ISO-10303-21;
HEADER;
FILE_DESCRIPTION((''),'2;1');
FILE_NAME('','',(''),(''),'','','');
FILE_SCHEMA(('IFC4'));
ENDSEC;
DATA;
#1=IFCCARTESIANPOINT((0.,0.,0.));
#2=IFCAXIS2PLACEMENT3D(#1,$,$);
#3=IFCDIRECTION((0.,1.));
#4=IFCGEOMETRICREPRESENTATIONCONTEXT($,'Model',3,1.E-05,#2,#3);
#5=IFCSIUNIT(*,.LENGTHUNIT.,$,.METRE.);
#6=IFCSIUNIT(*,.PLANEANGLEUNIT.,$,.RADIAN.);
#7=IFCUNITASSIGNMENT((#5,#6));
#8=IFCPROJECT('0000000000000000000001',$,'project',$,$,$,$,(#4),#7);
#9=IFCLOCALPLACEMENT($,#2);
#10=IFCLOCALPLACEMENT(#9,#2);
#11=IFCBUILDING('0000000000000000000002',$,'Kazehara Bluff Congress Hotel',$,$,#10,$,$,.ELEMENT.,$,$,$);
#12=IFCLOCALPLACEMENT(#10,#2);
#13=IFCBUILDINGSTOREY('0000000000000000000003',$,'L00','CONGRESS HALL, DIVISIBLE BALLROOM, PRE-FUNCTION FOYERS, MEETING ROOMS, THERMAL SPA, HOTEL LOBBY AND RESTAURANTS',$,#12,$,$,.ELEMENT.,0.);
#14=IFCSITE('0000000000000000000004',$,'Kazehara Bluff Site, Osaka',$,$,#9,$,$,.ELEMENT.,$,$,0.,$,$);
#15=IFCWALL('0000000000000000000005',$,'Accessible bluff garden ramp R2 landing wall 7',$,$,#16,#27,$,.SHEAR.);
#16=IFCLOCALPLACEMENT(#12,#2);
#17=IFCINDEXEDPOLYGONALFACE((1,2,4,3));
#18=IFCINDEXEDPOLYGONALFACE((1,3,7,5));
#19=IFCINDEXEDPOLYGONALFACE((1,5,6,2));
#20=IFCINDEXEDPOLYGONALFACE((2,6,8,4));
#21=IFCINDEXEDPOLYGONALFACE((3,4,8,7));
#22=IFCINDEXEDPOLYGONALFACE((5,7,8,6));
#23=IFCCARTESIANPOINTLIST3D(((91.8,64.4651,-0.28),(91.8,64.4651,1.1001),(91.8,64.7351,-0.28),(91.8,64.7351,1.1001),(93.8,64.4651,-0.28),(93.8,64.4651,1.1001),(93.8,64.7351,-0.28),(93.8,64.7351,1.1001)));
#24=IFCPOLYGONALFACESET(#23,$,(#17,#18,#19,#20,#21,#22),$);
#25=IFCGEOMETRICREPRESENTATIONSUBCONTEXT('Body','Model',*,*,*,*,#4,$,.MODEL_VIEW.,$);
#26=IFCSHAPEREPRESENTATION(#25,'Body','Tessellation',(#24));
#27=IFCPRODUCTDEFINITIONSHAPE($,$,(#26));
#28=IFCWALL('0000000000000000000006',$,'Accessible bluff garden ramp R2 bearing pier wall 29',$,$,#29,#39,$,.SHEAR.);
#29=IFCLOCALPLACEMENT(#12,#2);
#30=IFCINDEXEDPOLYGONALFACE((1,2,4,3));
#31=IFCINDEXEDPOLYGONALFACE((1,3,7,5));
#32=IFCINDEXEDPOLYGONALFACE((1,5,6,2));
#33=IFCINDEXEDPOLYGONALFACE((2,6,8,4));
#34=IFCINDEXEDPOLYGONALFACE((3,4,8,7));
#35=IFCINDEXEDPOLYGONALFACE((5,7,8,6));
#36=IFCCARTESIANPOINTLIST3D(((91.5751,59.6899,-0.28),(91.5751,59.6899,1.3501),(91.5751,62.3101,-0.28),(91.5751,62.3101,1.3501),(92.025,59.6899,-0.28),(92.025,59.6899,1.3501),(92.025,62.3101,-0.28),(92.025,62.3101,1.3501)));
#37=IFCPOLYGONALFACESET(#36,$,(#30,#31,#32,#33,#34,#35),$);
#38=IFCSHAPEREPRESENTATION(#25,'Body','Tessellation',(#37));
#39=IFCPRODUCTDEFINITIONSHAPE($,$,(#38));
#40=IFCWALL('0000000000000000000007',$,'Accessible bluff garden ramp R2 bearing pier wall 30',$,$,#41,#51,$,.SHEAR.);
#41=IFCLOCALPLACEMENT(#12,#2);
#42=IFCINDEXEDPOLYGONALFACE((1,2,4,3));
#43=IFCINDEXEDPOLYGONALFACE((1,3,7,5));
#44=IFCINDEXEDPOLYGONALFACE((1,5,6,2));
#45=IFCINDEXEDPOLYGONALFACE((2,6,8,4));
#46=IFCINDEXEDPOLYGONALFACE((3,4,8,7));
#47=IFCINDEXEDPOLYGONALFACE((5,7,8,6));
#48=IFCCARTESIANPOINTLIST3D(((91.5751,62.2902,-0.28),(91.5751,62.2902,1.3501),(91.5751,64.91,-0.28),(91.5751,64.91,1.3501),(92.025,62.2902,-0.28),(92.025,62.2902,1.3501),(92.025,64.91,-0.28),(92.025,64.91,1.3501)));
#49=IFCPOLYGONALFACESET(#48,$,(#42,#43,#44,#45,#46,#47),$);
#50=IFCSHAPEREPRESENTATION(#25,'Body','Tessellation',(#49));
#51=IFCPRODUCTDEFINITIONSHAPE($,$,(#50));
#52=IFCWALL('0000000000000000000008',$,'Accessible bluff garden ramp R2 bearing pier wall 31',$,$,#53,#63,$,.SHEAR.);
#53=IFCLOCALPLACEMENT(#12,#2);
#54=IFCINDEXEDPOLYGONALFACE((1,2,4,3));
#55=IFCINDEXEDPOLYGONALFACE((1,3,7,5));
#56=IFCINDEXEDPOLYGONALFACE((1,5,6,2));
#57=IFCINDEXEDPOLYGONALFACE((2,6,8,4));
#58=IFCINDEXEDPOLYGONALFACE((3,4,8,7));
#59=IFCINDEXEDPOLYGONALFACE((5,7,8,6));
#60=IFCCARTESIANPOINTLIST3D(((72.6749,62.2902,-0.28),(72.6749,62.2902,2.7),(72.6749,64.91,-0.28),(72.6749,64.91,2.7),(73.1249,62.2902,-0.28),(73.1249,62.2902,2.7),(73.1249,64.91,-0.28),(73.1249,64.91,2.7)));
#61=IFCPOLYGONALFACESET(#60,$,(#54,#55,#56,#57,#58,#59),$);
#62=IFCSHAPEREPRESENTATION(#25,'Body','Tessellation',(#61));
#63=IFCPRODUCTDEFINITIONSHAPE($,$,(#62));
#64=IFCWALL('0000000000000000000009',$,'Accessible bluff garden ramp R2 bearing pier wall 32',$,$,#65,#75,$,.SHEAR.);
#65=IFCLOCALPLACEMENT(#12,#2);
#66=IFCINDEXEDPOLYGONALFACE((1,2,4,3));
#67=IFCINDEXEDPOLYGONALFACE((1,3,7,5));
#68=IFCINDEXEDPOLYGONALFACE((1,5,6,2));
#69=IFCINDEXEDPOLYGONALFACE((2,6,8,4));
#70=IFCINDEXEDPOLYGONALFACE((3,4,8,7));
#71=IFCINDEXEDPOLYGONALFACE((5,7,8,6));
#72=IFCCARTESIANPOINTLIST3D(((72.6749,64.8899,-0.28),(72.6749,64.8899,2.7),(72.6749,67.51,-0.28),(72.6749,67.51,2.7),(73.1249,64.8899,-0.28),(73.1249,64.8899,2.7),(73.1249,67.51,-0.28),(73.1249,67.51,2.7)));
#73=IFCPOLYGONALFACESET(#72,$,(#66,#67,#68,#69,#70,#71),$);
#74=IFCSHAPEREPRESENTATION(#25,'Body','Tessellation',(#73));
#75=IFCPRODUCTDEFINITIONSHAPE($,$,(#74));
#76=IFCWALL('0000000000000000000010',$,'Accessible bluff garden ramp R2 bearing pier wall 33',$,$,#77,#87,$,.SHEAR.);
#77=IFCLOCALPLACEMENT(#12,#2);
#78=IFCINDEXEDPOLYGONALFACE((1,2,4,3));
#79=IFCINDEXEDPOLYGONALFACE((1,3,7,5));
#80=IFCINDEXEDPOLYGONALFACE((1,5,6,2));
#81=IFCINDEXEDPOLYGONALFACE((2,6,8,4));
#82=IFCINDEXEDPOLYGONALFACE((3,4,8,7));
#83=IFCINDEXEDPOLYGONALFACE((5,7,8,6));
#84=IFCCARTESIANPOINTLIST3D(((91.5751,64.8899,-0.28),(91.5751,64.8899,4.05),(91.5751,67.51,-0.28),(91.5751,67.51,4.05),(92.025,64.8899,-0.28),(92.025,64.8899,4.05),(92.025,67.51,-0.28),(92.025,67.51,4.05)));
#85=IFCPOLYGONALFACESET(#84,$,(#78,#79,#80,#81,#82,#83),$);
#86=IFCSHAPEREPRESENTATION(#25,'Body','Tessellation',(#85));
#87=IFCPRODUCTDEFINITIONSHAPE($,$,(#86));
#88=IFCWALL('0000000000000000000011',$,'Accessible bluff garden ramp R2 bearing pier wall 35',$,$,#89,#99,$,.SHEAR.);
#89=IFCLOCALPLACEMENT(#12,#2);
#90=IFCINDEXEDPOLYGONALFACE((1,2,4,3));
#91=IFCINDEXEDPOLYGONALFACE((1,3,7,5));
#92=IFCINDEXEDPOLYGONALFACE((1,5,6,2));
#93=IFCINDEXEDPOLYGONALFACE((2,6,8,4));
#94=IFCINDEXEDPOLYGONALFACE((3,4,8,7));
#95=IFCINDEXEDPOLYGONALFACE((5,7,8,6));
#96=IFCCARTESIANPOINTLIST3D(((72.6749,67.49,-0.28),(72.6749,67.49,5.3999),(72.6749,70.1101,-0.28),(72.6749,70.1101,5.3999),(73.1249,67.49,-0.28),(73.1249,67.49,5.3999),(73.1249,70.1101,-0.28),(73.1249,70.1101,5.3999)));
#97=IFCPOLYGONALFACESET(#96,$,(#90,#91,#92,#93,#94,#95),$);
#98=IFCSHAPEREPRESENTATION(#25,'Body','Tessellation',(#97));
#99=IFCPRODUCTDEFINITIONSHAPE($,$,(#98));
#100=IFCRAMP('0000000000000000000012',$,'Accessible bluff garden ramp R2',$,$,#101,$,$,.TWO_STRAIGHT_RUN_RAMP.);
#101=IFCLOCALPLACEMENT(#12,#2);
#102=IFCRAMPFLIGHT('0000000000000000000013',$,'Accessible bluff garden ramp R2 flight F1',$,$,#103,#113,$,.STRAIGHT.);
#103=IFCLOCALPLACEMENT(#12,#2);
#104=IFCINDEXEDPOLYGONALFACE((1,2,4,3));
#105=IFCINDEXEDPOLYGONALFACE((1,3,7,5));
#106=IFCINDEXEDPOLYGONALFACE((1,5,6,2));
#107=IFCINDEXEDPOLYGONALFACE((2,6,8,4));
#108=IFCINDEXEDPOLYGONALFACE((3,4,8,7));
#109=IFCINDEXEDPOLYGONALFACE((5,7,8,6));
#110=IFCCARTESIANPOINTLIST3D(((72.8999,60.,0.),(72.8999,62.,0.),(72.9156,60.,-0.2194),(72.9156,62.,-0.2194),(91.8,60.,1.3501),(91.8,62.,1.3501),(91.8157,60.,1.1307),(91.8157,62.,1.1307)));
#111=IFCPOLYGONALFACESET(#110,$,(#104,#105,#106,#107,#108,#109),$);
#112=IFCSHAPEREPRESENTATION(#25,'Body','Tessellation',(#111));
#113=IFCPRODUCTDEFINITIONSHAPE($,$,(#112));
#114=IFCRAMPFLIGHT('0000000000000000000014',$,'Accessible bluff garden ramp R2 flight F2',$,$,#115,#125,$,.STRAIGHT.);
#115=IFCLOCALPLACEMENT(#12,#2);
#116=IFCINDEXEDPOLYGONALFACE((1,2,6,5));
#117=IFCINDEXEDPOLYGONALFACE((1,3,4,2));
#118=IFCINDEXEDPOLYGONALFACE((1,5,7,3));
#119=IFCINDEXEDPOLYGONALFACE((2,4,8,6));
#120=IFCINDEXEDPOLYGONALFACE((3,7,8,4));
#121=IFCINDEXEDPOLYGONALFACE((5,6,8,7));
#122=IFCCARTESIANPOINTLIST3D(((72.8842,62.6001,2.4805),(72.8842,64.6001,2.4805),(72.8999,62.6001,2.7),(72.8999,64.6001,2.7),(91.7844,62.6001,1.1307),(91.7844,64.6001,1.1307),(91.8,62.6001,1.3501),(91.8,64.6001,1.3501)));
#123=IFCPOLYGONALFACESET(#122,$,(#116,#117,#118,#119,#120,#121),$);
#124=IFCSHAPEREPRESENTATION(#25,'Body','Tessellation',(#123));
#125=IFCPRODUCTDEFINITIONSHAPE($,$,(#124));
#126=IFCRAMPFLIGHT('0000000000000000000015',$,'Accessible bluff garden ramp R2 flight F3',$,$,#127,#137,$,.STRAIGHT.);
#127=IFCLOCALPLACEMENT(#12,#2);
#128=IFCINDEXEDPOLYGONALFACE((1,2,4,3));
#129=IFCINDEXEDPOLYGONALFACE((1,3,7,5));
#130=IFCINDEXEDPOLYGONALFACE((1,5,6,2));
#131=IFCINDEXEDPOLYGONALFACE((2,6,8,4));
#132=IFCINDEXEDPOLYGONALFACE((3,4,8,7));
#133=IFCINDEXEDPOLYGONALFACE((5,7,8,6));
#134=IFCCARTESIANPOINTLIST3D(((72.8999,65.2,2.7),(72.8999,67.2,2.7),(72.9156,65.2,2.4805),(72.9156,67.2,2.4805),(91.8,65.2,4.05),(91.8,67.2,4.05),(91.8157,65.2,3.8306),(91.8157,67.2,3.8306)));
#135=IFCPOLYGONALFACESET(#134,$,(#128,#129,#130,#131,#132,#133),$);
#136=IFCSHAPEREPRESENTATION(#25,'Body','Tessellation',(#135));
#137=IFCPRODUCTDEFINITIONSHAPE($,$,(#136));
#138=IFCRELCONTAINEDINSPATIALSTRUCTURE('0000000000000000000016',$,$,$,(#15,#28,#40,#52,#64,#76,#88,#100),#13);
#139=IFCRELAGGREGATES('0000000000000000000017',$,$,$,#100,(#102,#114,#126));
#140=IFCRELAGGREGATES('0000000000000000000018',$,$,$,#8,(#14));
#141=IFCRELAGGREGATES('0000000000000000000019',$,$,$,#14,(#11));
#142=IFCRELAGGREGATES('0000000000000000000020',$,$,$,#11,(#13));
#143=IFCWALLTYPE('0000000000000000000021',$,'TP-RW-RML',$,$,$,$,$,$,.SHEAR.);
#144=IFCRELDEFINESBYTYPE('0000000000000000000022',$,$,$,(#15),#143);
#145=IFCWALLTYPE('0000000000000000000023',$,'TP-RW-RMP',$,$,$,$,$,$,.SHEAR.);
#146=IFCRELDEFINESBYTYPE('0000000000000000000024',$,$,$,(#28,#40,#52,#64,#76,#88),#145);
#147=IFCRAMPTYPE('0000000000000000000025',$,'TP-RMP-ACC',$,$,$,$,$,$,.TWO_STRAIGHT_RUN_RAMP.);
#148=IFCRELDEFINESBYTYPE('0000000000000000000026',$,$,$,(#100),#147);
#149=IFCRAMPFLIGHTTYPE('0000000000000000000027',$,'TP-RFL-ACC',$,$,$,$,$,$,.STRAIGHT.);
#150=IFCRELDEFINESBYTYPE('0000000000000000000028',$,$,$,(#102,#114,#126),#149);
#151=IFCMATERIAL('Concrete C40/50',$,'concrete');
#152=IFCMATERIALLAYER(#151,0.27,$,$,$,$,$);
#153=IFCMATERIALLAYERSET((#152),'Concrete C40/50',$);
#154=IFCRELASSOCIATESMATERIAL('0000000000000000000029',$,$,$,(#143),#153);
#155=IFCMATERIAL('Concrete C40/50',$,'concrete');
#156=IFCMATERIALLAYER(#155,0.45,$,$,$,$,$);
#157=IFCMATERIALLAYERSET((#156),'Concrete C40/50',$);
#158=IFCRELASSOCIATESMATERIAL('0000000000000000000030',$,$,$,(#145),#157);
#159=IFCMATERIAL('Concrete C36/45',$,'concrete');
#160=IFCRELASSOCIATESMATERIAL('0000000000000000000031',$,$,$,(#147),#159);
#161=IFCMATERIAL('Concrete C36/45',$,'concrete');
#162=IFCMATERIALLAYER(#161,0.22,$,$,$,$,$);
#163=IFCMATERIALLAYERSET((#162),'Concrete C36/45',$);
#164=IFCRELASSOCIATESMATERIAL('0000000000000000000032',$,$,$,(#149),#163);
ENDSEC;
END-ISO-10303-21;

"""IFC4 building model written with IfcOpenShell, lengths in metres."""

from ifc_helpers import new_model, si_unit, direction, frame, frame_2d, origin, place, context, subcontext, project, spatial, polyline, rectangle, outline, extrude, material, layer, layer_set, type_object, element, aggregate, save


model = new_model("IFC4")

# Units and contexts
model_context = context("Model", 3, precision=1e-05, world=origin(), true_north=direction((0.0, 1.0)))
body_context = subcontext(model_context, "Body", "Model", "MODEL_VIEW")
ifc_project = project(units=[si_unit("LENGTHUNIT", "METRE"), si_unit("PLANEANGLEUNIT", "RADIAN")], contexts=[model_context])

# Site, building, storey
site_placement = place(None, origin())
site = spatial("IfcSite", under=ifc_project, at=site_placement, Name="Kazehara Bluff Site, Osaka", CompositionType="ELEMENT", RefElevation=0.0)
building_placement = place(site_placement, origin())
building = spatial("IfcBuilding", under=site, at=building_placement, Name="Kazehara Bluff Congress Hotel", CompositionType="ELEMENT")
storey_placement = place(building_placement, origin())
storey = spatial("IfcBuildingStorey", under=building, at=storey_placement, Name="L00", Description="CONGRESS HALL, DIVISIBLE BALLROOM, PRE-FUNCTION FOYERS, MEETING ROOMS, THERMAL SPA, HOTEL LOBBY AND RESTAURANTS", CompositionType="ELEMENT", Elevation=0.0)

# Walls
ifc_material_1 = material(Name="Concrete C40/50", Category="concrete")
ifc_layer_1 = layer(ifc_material_1, 0.27)
ifc_layer_set_1 = layer_set([ifc_layer_1], Name="Concrete C40/50")
wall_type_1 = type_object("IfcWallType", Name="TP-RW-RML", PredefinedType="SHEAR", material=ifc_layer_set_1)
for number, where, z_axis, x_axis, name in (
    (1, (91.8, 64.6001, -0.28), (0.0, 0.0, 1.0), (1.0, 0.0, 0.0), "Accessible bluff garden ramp R2 landing wall 7"),
):
    element("IfcWall", number, at=place(storey_placement, frame(where, z_axis=z_axis, x_axis=x_axis)), inside=storey, type_object=wall_type_1, Name=name, PredefinedType="SHEAR", context=body_context, shape_type="SweptSolid", body=[
        extrude(rectangle(XDim=2.0, YDim=0.27, at=frame_2d((1.0, 0.0))), origin(), (0.0, 0.0, 1.0), 1.3801),
    ])
ifc_material_2 = material(Name="Concrete C40/50", Category="concrete")
ifc_layer_2 = layer(ifc_material_2, 0.45)
ifc_layer_set_2 = layer_set([ifc_layer_2], Name="Concrete C40/50")
wall_type_2 = type_object("IfcWallType", Name="TP-RW-RMP", PredefinedType="SHEAR", material=ifc_layer_set_2)
wall_1_placement = place(storey_placement, frame((91.8, 59.6899, -0.28), z_axis=(0.0, 0.0, 1.0), x_axis=(0.0, 1.0, 0.0)))
element("IfcWall", 2, at=wall_1_placement, inside=storey, type_object=wall_type_2, Name="Accessible bluff garden ramp R2 bearing pier wall 29", PredefinedType="SHEAR", context=body_context, shape_type="SweptSolid", body=[
    extrude(rectangle(XDim=2.6201, YDim=0.45, at=frame_2d((1.3101, 0.0))), origin(), (0.0, 0.0, 1.0), 1.6301),
])
wall_2_placement = place(storey_placement, frame((91.8, 62.29, -0.28), z_axis=(0.0, 0.0, 1.0), x_axis=(0.0, 1.0, 0.0)))
element("IfcWall", 3, at=wall_2_placement, inside=storey, type_object=wall_type_2, Name="Accessible bluff garden ramp R2 bearing pier wall 30", PredefinedType="SHEAR", context=body_context, shape_type="SweptSolid", body=[
    extrude(rectangle(XDim=2.6199, YDim=0.45, at=frame_2d((1.3101, 0.0))), origin(), (0.0, 0.0, 1.0), 1.6301),
])
wall_3_placement = place(storey_placement, frame((72.8999, 62.29, -0.28), z_axis=(0.0, 0.0, 1.0), x_axis=(0.0, 1.0, 0.0)))
element("IfcWall", 4, at=wall_3_placement, inside=storey, type_object=wall_type_2, Name="Accessible bluff garden ramp R2 bearing pier wall 31", PredefinedType="SHEAR", context=body_context, shape_type="SweptSolid", body=[
    extrude(rectangle(XDim=2.6199, YDim=0.45, at=frame_2d((1.3101, 0.0))), origin(), (0.0, 0.0, 1.0), 2.98),
])
wall_4_placement = place(storey_placement, frame((72.8999, 64.8899, -0.28), z_axis=(0.0, 0.0, 1.0), x_axis=(0.0, 1.0, 0.0)))
element("IfcWall", 5, at=wall_4_placement, inside=storey, type_object=wall_type_2, Name="Accessible bluff garden ramp R2 bearing pier wall 32", PredefinedType="SHEAR", context=body_context, shape_type="SweptSolid", body=[
    extrude(rectangle(XDim=2.6201, YDim=0.45, at=frame_2d((1.3101, 0.0))), origin(), (0.0, 0.0, 1.0), 2.98),
])
wall_5_placement = place(storey_placement, frame((91.8, 64.8899, -0.28), z_axis=(0.0, 0.0, 1.0), x_axis=(0.0, 1.0, 0.0)))
element("IfcWall", 6, at=wall_5_placement, inside=storey, type_object=wall_type_2, Name="Accessible bluff garden ramp R2 bearing pier wall 33", PredefinedType="SHEAR", context=body_context, shape_type="SweptSolid", body=[
    extrude(rectangle(XDim=2.6201, YDim=0.45, at=frame_2d((1.3101, 0.0))), origin(), (0.0, 0.0, 1.0), 4.3301),
])
wall_6_placement = place(storey_placement, frame((72.8999, 67.49, -0.28), z_axis=(0.0, 0.0, 1.0), x_axis=(0.0, 1.0, 0.0)))
element("IfcWall", 7, at=wall_6_placement, inside=storey, type_object=wall_type_2, Name="Accessible bluff garden ramp R2 bearing pier wall 35", PredefinedType="SHEAR", context=body_context, shape_type="SweptSolid", body=[
    extrude(rectangle(XDim=2.6201, YDim=0.45, at=frame_2d((1.3101, 0.0))), origin(), (0.0, 0.0, 1.0), 5.6799),
])

# Ramp, ramp flights
ifc_material_3 = material(Name="Concrete C36/45", Category="concrete")
ramp_type = type_object("IfcRampType", Name="TP-RMP-ACC", PredefinedType="TWO_STRAIGHT_RUN_RAMP", material=ifc_material_3)
ramp_placement = place(storey_placement, origin())
ramp = element("IfcRamp", 8, at=ramp_placement, inside=storey, type_object=ramp_type, Name="Accessible bluff garden ramp R2", PredefinedType="TWO_STRAIGHT_RUN_RAMP")
ifc_material_4 = material(Name="Concrete C36/45", Category="concrete")
ifc_layer_3 = layer(ifc_material_4, 0.22)
ifc_layer_set_3 = layer_set([ifc_layer_3], Name="Concrete C36/45")
ramp_flight_type = type_object("IfcRampFlightType", Name="TP-RFL-ACC", PredefinedType="STRAIGHT", material=ifc_layer_set_3)
ramp_flight_1_placement = place(storey_placement, frame((72.8999, 60.0, 0.0), z_axis=(-0.071252, 0.0, 0.997458), x_axis=(0.997458, 0.0, 0.071252)))
ramp_flight_1 = element("IfcRampFlight", 9, at=ramp_flight_1_placement, type_object=ramp_flight_type, Name="Accessible bluff garden ramp R2 flight F1", PredefinedType="STRAIGHT", context=body_context, shape_type="SweptSolid", body=[
    extrude(outline(polyline([(0.0, 0.0), (18.9483, 0.0), (18.9483, 2.0), (0.0, 2.0), (0.0, 0.0)])), origin(), (0.0, 0.0, -1.0), 0.22),
])
ramp_flight_2_placement = place(storey_placement, frame((91.8, 62.6001, 1.3501), z_axis=(0.071239, 0.0, 0.997459), x_axis=(-0.997459, 0.0, 0.071239)))
ramp_flight_2 = element("IfcRampFlight", 10, at=ramp_flight_2_placement, type_object=ramp_flight_type, Name="Accessible bluff garden ramp R2 flight F2", PredefinedType="STRAIGHT", context=body_context, shape_type="SweptSolid", body=[
    extrude(outline(polyline([(0.0, 0.0), (18.9483, 0.0), (18.9483, -2.0), (0.0, -2.0), (0.0, 0.0)])), origin(), (0.0, 0.0, -1.0), 0.22),
])
ramp_flight_3_placement = place(storey_placement, frame((72.8999, 65.2, 2.7), z_axis=(-0.071252, 0.0, 0.997458), x_axis=(0.997458, 0.0, 0.071252)))
ramp_flight_3 = element("IfcRampFlight", 11, at=ramp_flight_3_placement, type_object=ramp_flight_type, Name="Accessible bluff garden ramp R2 flight F3", PredefinedType="STRAIGHT", context=body_context, shape_type="SweptSolid", body=[
    extrude(outline(polyline([(0.0, 0.0), (18.9483, 0.0), (18.9483, 2.0), (0.0, 2.0), (0.0, 0.0)])), origin(), (0.0, 0.0, -1.0), 0.22),
])
aggregate(ramp, [ramp_flight_1, ramp_flight_2, ramp_flight_3])

save(model, "model.ifc")
